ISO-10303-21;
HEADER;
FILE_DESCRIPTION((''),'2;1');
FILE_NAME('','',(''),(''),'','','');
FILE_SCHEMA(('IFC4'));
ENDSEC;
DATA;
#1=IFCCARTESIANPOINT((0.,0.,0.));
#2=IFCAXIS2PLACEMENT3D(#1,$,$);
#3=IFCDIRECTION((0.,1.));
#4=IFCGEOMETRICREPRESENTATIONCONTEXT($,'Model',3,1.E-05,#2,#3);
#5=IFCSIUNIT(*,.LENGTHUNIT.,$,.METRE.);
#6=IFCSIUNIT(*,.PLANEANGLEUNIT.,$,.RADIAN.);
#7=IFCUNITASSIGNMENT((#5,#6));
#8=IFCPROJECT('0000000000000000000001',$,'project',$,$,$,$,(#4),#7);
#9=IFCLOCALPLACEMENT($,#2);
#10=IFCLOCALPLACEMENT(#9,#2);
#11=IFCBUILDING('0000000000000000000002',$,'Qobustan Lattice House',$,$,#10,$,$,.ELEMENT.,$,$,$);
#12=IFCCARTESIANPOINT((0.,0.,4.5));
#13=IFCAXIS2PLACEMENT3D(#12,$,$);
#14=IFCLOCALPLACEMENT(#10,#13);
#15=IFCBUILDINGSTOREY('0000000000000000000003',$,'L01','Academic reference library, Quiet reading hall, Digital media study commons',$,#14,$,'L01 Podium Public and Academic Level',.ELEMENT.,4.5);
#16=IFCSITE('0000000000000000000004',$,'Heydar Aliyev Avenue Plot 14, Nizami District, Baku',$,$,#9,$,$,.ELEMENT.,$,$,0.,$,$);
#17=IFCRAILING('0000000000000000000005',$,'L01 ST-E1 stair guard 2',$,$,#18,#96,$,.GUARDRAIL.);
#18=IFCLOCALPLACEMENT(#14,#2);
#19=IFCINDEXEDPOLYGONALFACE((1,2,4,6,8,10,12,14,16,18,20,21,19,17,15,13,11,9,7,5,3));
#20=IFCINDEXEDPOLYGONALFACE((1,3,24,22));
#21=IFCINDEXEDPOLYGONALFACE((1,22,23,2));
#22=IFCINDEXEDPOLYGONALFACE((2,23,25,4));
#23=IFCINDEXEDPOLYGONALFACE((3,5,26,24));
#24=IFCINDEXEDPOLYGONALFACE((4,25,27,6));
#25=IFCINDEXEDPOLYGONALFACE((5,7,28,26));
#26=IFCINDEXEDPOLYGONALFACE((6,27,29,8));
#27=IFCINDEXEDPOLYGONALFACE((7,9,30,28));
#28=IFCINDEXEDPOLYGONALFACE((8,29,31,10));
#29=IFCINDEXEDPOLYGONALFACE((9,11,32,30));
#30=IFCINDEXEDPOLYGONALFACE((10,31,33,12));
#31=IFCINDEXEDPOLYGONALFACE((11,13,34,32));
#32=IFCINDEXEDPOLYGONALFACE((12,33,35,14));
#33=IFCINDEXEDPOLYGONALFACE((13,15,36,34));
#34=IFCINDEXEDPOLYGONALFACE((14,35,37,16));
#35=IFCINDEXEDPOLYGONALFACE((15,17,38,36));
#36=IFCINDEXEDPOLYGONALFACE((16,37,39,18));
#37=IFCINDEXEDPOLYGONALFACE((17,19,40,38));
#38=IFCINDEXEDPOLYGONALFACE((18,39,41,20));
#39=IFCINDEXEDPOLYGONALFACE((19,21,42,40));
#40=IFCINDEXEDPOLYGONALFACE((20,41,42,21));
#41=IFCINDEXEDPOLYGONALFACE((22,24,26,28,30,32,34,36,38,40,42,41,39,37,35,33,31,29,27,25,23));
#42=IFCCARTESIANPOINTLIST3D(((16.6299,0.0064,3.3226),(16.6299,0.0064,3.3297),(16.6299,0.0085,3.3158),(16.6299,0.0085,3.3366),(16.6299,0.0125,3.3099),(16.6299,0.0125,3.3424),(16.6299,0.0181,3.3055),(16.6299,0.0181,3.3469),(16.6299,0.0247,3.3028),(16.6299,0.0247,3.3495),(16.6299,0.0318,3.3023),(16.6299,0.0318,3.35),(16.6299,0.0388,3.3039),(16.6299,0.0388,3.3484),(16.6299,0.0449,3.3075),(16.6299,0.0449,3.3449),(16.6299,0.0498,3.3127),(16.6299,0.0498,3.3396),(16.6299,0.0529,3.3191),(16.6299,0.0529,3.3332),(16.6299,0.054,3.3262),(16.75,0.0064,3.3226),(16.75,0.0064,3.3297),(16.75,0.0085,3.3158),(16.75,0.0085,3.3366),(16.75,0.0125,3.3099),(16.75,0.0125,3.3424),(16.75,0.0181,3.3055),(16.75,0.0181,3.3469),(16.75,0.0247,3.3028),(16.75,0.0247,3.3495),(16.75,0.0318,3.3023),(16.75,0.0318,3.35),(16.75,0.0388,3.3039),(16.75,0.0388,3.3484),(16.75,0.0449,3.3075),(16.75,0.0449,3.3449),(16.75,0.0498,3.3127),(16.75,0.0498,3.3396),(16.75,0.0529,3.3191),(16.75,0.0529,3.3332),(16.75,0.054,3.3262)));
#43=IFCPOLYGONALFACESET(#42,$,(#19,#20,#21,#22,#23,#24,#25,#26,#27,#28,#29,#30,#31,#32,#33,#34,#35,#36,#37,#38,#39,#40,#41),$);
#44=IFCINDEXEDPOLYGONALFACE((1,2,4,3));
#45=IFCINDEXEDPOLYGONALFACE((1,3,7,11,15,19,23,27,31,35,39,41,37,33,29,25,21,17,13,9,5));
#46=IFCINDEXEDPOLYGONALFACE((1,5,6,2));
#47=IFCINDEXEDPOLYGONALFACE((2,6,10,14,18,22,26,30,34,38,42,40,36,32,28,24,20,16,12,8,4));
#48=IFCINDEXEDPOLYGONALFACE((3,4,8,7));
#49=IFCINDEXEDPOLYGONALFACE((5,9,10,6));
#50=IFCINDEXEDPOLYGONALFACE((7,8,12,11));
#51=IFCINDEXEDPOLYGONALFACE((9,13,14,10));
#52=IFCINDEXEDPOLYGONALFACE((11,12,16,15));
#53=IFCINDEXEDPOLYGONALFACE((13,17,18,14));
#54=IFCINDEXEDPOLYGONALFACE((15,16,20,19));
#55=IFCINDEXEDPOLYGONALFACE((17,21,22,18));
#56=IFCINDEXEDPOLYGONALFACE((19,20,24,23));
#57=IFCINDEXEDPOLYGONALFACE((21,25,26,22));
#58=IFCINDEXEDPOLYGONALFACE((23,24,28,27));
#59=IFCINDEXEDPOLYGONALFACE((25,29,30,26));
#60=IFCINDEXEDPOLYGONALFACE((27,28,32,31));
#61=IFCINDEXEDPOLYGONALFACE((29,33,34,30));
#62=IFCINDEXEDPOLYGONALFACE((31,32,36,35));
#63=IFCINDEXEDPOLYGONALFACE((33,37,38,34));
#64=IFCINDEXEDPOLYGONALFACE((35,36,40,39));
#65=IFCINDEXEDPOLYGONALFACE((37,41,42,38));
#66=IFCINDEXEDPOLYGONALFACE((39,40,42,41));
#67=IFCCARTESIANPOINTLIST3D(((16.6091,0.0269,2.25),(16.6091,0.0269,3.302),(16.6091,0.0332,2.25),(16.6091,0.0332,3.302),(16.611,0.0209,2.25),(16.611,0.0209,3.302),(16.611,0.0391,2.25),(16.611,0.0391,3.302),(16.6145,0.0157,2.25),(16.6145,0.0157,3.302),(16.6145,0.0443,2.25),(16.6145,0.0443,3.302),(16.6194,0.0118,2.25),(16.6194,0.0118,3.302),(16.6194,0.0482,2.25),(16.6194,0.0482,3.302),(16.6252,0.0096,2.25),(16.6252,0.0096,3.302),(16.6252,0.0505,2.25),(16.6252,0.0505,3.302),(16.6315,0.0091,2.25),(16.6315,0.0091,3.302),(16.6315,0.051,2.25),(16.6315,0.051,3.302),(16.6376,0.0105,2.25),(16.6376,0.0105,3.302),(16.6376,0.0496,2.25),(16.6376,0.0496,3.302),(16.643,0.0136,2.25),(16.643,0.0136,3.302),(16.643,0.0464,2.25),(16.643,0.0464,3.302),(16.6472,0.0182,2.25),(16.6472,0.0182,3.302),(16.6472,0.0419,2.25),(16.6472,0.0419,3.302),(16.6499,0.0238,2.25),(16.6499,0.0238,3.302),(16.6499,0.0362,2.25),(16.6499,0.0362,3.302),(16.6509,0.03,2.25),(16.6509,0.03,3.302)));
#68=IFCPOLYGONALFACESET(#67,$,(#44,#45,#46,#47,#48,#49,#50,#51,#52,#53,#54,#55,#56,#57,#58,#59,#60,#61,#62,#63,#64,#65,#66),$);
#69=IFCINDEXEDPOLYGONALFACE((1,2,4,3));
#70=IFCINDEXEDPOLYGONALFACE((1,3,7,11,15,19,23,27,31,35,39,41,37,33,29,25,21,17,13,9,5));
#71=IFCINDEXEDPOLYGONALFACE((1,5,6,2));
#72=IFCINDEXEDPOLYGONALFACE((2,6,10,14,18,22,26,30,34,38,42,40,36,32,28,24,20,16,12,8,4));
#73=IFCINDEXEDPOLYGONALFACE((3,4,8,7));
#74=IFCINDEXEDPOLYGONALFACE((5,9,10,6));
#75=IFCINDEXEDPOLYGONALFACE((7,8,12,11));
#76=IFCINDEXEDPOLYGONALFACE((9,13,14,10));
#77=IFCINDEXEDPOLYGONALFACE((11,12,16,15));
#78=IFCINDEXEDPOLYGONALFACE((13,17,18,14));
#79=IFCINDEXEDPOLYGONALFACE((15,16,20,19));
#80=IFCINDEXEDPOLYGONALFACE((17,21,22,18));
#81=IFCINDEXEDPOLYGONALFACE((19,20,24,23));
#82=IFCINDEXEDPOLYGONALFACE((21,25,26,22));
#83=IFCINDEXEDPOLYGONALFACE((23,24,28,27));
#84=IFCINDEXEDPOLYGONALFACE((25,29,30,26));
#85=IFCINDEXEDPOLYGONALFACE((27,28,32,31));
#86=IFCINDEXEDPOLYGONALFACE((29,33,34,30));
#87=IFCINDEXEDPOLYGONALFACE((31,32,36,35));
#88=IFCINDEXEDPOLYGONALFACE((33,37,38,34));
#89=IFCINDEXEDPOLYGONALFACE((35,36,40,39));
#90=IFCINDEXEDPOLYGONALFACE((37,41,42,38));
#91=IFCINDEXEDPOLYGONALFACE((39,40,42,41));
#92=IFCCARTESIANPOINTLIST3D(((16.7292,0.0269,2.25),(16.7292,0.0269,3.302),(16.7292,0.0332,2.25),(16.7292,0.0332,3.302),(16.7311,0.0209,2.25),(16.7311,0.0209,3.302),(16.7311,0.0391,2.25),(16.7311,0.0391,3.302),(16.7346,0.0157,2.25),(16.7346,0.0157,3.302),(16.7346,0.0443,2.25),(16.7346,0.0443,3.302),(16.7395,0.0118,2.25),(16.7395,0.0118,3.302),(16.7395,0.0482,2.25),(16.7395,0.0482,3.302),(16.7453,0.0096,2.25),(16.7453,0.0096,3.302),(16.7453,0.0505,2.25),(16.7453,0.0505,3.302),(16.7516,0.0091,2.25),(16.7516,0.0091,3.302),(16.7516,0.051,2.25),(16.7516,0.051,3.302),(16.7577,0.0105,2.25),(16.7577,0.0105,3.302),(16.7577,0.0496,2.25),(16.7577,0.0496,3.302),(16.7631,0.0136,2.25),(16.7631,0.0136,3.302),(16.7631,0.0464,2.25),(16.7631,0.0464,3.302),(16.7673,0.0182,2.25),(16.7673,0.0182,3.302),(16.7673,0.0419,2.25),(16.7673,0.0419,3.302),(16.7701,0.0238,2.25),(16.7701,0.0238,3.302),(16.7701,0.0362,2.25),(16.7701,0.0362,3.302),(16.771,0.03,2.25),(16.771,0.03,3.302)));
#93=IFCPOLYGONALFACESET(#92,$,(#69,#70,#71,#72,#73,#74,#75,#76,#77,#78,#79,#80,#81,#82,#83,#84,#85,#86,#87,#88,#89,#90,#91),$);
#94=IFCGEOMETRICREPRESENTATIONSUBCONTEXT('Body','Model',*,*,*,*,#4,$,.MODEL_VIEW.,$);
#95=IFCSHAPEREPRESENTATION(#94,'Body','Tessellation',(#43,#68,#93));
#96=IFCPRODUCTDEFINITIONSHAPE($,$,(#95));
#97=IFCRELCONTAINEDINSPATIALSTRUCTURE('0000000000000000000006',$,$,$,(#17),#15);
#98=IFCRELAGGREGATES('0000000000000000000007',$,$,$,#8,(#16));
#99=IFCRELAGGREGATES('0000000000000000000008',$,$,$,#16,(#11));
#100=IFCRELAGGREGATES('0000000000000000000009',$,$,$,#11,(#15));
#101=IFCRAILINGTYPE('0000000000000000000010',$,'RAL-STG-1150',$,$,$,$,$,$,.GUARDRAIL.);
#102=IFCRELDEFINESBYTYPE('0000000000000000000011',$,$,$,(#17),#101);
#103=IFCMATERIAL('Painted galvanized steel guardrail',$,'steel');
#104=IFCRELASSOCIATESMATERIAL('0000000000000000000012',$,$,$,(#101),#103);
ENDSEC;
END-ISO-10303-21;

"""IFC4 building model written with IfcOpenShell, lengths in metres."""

from ifc_helpers import new_model, si_unit, direction, frame, origin, origin_2d, place, context, subcontext, project, spatial, circle, extrude, material, type_object, element, save


model = new_model("IFC4")

# Units and contexts
model_context = context("Model", 3, precision=1e-05, world=origin(), true_north=direction((0.0, 1.0)))
body_context = subcontext(model_context, "Body", "Model", "MODEL_VIEW")
ifc_project = project(units=[si_unit("LENGTHUNIT", "METRE"), si_unit("PLANEANGLEUNIT", "RADIAN")], contexts=[model_context])

# Site, building, storey
site_placement = place(None, origin())
site = spatial("IfcSite", under=ifc_project, at=site_placement, Name="Heydar Aliyev Avenue Plot 14, Nizami District, Baku", CompositionType="ELEMENT", RefElevation=0.0)
building_placement = place(site_placement, origin())
building = spatial("IfcBuilding", under=site, at=building_placement, Name="Qobustan Lattice House", CompositionType="ELEMENT")
storey_placement = place(building_placement, frame((0.0, 0.0, 4.5)))
storey = spatial("IfcBuildingStorey", under=building, at=storey_placement, Name="L01", Description="Academic reference library, Quiet reading hall, Digital media study commons", LongName="L01 Podium Public and Academic Level", CompositionType="ELEMENT", Elevation=4.5)

# Railing
ifc_material_1 = material(Name="Painted galvanized steel guardrail", Category="steel")
railing_type_1 = type_object("IfcRailingType", Name="RAL-STG-1150", PredefinedType="GUARDRAIL", material=ifc_material_1)
railing_1_placement = place(storey_placement, frame((16.6299, 0.03, 2.25)))
element("IfcRailing", 1, at=railing_1_placement, inside=storey, type_object=railing_type_1, Name="L01 ST-E1 stair guard 2", PredefinedType="GUARDRAIL", context=body_context, shape_type="SweptSolid", body=[
    extrude(circle(Radius=0.0239, at=origin_2d()), frame((0.0, 0.0, 1.0762), z_axis=(1.0, 0.0, 0.0), x_axis=(0.0, 1.0, 0.0)), (0.0, 0.0, 1.0), 0.1201),
    extrude(circle(Radius=0.021, at=origin_2d()), origin(), (0.0, 0.0, 1.0), 1.052),
    extrude(circle(Radius=0.021, at=origin_2d()), frame((0.1201, 0.0, 0.0)), (0.0, 0.0, 1.0), 1.052),
])

save(model, "model.ifc")
